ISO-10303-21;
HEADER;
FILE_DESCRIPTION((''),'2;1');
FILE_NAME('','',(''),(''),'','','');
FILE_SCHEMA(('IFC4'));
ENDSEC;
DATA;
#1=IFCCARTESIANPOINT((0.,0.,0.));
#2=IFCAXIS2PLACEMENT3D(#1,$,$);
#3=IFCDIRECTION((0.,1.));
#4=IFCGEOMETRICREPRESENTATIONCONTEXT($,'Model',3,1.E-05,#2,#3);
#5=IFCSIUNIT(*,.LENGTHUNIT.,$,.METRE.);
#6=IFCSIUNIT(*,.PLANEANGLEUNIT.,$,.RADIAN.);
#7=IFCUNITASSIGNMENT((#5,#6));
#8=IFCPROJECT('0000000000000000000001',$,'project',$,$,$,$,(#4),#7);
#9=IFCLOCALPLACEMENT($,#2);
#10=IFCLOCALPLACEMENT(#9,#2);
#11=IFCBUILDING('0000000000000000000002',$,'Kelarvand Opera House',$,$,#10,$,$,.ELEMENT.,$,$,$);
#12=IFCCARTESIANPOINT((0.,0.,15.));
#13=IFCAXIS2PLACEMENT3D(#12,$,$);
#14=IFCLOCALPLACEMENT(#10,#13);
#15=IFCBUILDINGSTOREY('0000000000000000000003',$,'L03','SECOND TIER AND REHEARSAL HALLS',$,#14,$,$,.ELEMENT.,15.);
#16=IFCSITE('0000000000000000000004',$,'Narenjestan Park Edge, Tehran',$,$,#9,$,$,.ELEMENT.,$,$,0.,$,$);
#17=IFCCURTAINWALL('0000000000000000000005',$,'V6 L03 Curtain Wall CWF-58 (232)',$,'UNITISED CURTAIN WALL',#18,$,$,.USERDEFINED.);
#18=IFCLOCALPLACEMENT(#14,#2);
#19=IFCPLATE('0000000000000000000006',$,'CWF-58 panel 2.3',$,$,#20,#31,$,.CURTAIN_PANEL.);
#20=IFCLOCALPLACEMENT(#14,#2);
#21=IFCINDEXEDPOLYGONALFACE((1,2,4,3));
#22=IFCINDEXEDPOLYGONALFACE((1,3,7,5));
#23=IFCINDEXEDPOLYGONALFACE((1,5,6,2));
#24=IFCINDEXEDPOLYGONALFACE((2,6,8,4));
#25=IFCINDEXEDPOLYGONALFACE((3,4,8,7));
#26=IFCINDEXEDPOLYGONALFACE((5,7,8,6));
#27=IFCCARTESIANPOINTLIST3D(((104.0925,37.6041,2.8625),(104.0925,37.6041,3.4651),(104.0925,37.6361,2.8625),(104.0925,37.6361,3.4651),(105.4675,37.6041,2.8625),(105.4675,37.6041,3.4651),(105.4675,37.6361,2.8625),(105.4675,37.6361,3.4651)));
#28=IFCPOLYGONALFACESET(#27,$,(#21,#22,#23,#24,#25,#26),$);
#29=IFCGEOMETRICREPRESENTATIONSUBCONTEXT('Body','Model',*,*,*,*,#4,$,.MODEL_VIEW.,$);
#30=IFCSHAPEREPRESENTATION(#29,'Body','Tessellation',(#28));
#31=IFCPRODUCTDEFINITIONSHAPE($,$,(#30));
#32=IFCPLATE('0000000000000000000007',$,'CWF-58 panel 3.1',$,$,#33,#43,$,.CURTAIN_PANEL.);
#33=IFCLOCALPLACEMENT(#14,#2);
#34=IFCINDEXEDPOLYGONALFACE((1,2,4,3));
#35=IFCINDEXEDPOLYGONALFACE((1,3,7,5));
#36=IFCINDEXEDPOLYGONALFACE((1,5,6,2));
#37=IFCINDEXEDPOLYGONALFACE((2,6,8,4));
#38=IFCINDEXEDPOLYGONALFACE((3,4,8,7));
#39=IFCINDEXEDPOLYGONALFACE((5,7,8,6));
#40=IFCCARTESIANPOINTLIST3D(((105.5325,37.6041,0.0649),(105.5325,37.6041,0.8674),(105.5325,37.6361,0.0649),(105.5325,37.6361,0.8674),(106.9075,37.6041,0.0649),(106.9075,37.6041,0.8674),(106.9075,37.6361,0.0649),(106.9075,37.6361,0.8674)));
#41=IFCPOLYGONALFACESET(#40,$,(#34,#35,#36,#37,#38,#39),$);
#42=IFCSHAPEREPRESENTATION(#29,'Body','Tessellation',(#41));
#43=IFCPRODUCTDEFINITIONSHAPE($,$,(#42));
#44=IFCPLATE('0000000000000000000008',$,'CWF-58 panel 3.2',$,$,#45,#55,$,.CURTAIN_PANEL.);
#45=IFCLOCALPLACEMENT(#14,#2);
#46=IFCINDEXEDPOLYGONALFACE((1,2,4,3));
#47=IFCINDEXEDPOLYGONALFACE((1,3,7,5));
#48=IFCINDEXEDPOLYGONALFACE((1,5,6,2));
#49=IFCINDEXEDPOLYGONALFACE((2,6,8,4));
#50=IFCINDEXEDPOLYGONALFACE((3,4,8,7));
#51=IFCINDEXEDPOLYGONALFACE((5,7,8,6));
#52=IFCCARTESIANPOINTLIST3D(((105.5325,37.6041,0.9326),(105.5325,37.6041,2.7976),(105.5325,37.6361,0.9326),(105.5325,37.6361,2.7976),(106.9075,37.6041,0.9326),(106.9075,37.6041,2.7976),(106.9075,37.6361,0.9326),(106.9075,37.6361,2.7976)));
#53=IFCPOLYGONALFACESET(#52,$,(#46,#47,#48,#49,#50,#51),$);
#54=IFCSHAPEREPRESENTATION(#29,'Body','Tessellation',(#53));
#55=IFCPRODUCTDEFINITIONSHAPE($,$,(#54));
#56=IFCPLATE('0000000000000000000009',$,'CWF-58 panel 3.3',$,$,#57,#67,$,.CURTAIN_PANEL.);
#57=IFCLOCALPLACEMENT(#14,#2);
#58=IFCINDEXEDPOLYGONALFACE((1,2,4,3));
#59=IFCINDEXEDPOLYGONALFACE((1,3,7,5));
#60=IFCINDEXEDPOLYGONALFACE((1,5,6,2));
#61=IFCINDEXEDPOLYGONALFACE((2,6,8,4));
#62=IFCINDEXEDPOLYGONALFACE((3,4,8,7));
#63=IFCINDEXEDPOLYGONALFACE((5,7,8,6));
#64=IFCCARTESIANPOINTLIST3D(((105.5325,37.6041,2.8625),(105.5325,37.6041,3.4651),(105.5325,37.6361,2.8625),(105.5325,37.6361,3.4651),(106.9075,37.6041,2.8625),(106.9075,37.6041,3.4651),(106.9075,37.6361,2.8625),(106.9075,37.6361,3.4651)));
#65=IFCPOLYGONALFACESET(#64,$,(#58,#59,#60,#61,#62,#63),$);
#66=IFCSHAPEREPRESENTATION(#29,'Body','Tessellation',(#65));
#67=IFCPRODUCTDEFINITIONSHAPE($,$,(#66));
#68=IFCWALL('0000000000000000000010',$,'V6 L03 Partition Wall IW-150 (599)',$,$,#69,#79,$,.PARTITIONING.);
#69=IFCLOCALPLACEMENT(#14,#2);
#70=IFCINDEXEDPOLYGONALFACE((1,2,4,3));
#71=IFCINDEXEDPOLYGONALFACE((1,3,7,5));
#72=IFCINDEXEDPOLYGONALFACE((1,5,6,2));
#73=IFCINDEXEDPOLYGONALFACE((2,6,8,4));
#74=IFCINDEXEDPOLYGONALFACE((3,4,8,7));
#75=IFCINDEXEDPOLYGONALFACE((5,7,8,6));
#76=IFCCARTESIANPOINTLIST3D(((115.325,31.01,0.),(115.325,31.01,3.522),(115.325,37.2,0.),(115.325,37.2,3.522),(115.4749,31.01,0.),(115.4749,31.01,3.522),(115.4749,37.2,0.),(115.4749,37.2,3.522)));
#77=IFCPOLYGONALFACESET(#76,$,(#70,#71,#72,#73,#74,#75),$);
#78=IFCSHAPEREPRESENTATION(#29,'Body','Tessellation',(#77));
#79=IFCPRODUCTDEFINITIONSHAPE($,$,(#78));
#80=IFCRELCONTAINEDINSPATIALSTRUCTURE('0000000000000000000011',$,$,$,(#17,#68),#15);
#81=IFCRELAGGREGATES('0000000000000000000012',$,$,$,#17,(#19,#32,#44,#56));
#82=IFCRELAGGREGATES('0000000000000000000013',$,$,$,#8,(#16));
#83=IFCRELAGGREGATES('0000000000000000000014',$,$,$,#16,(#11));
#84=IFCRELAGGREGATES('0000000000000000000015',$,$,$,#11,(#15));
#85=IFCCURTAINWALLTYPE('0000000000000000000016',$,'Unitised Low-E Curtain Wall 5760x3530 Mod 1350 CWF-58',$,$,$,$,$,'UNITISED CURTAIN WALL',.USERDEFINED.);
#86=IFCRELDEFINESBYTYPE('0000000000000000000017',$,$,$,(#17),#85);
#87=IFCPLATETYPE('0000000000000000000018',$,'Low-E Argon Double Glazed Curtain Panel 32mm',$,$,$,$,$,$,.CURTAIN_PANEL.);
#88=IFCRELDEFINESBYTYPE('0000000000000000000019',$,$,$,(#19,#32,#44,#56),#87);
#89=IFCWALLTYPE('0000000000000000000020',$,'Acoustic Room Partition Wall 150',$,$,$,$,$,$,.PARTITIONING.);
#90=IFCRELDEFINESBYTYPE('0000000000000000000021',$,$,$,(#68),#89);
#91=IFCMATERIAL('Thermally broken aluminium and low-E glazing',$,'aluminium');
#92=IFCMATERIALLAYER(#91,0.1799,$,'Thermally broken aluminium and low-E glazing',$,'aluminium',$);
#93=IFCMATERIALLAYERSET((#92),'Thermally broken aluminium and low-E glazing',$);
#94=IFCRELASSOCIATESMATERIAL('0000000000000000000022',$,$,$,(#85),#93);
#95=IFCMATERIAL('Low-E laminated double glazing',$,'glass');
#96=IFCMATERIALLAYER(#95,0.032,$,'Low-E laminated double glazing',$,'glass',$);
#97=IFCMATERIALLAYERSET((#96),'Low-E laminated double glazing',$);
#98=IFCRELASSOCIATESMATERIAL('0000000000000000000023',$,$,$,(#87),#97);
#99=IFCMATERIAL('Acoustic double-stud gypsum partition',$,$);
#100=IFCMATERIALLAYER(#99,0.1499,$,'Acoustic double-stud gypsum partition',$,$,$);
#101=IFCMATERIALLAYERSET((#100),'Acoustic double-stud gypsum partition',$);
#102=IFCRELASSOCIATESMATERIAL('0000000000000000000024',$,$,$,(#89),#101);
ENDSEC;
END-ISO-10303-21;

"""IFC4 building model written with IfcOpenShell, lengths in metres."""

from ifc_helpers import new_model, si_unit, direction, frame, frame_2d, origin, origin_2d, place, context, subcontext, project, spatial, rectangle, extrude, material, layer, layer_set, type_object, element, aggregate, save


model = new_model("IFC4")

# Units and contexts
model_context = context("Model", 3, precision=1e-05, world=origin(), true_north=direction((0.0, 1.0)))
body_context = subcontext(model_context, "Body", "Model", "MODEL_VIEW")
ifc_project = project(units=[si_unit("LENGTHUNIT", "METRE"), si_unit("PLANEANGLEUNIT", "RADIAN")], contexts=[model_context])

# Site, building, storey
site_placement = place(None, origin())
site = spatial("IfcSite", under=ifc_project, at=site_placement, Name="Narenjestan Park Edge, Tehran", CompositionType="ELEMENT", RefElevation=0.0)
building_placement = place(site_placement, origin())
building = spatial("IfcBuilding", under=site, at=building_placement, Name="Kelarvand Opera House", CompositionType="ELEMENT")
storey_placement = place(building_placement, frame((0.0, 0.0, 15.0)))
storey = spatial("IfcBuildingStorey", under=building, at=storey_placement, Name="L03", Description="SECOND TIER AND REHEARSAL HALLS", CompositionType="ELEMENT", Elevation=15.0)

# Curtain wall
ifc_material_1 = material(Name="Thermally broken aluminium and low-E glazing", Category="aluminium")
ifc_layer_1 = layer(ifc_material_1, 0.1799, Name="Thermally broken aluminium and low-E glazing", Category="aluminium")
ifc_layer_set_1 = layer_set([ifc_layer_1], Name="Thermally broken aluminium and low-E glazing")
curtain_wall_type = type_object("IfcCurtainWallType", Name="Unitised Low-E Curtain Wall 5760x3530 Mod 1350 CWF-58", ElementType="UNITISED CURTAIN WALL", PredefinedType="USERDEFINED", material=ifc_layer_set_1)
curtain_wall_placement = place(storey_placement, origin())
curtain_wall = element("IfcCurtainWall", 1, at=curtain_wall_placement, inside=storey, type_object=curtain_wall_type, Name="V6 L03 Curtain Wall CWF-58 (232)", ObjectType="UNITISED CURTAIN WALL", PredefinedType="USERDEFINED")

# Plates
ifc_material_2 = material(Name="Low-E laminated double glazing", Category="glass")
ifc_layer_2 = layer(ifc_material_2, 0.032, Name="Low-E laminated double glazing", Category="glass")
ifc_layer_set_2 = layer_set([ifc_layer_2], Name="Low-E laminated double glazing")
plate_type = type_object("IfcPlateType", Name="Low-E Argon Double Glazed Curtain Panel 32mm", PredefinedType="CURTAIN_PANEL", material=ifc_layer_set_2)
plate_1_placement = place(storey_placement, frame((104.78, 37.6201, 2.8625), z_axis=(0.0, 0.0, 1.0), x_axis=(1.0, 0.0, 0.0)))
plate_1 = element("IfcPlate", 2, at=plate_1_placement, type_object=plate_type, Name="CWF-58 panel 2.3", PredefinedType="CURTAIN_PANEL", context=body_context, shape_type="SweptSolid", body=[
    extrude(rectangle(XDim=1.375, YDim=0.032, at=origin_2d()), origin(), (0.0, 0.0, 1.0), 0.6025),
])
plate_2_placement = place(storey_placement, frame((106.22, 37.6201, 0.0649), z_axis=(0.0, 0.0, 1.0), x_axis=(1.0, 0.0, 0.0)))
plate_2 = element("IfcPlate", 3, at=plate_2_placement, type_object=plate_type, Name="CWF-58 panel 3.1", PredefinedType="CURTAIN_PANEL", context=body_context, shape_type="SweptSolid", body=[
    extrude(rectangle(XDim=1.375, YDim=0.032, at=origin_2d()), origin(), (0.0, 0.0, 1.0), 0.8025),
])
plate_3_placement = place(storey_placement, frame((106.22, 37.6201, 0.9326), z_axis=(0.0, 0.0, 1.0), x_axis=(1.0, 0.0, 0.0)))
plate_3 = element("IfcPlate", 4, at=plate_3_placement, type_object=plate_type, Name="CWF-58 panel 3.2", PredefinedType="CURTAIN_PANEL", context=body_context, shape_type="SweptSolid", body=[
    extrude(rectangle(XDim=1.375, YDim=0.032, at=origin_2d()), origin(), (0.0, 0.0, 1.0), 1.865),
])
plate_4_placement = place(storey_placement, frame((106.22, 37.6201, 2.8625), z_axis=(0.0, 0.0, 1.0), x_axis=(1.0, 0.0, 0.0)))
plate_4 = element("IfcPlate", 5, at=plate_4_placement, type_object=plate_type, Name="CWF-58 panel 3.3", PredefinedType="CURTAIN_PANEL", context=body_context, shape_type="SweptSolid", body=[
    extrude(rectangle(XDim=1.375, YDim=0.032, at=origin_2d()), origin(), (0.0, 0.0, 1.0), 0.6025),
])
aggregate(curtain_wall, [plate_1, plate_2, plate_3, plate_4])

# Wall
ifc_material_3 = material(Name="Acoustic double-stud gypsum partition")
ifc_layer_3 = layer(ifc_material_3, 0.1499, Name="Acoustic double-stud gypsum partition")
ifc_layer_set_3 = layer_set([ifc_layer_3], Name="Acoustic double-stud gypsum partition")
wall_type = type_object("IfcWallType", Name="Acoustic Room Partition Wall 150", PredefinedType="PARTITIONING", material=ifc_layer_set_3)
wall_placement = place(storey_placement, frame((115.3999, 31.01, 0.0), z_axis=(0.0, 0.0, 1.0), x_axis=(0.0, 1.0, 0.0)))
element("IfcWall", 6, at=wall_placement, inside=storey, type_object=wall_type, Name="V6 L03 Partition Wall IW-150 (599)", PredefinedType="PARTITIONING", context=body_context, shape_type="SweptSolid", body=[
    extrude(rectangle(XDim=6.1899, YDim=0.1499, at=frame_2d((3.095, 0.0))), origin(), (0.0, 0.0, 1.0), 3.522),
])

save(model, "model.ifc")
